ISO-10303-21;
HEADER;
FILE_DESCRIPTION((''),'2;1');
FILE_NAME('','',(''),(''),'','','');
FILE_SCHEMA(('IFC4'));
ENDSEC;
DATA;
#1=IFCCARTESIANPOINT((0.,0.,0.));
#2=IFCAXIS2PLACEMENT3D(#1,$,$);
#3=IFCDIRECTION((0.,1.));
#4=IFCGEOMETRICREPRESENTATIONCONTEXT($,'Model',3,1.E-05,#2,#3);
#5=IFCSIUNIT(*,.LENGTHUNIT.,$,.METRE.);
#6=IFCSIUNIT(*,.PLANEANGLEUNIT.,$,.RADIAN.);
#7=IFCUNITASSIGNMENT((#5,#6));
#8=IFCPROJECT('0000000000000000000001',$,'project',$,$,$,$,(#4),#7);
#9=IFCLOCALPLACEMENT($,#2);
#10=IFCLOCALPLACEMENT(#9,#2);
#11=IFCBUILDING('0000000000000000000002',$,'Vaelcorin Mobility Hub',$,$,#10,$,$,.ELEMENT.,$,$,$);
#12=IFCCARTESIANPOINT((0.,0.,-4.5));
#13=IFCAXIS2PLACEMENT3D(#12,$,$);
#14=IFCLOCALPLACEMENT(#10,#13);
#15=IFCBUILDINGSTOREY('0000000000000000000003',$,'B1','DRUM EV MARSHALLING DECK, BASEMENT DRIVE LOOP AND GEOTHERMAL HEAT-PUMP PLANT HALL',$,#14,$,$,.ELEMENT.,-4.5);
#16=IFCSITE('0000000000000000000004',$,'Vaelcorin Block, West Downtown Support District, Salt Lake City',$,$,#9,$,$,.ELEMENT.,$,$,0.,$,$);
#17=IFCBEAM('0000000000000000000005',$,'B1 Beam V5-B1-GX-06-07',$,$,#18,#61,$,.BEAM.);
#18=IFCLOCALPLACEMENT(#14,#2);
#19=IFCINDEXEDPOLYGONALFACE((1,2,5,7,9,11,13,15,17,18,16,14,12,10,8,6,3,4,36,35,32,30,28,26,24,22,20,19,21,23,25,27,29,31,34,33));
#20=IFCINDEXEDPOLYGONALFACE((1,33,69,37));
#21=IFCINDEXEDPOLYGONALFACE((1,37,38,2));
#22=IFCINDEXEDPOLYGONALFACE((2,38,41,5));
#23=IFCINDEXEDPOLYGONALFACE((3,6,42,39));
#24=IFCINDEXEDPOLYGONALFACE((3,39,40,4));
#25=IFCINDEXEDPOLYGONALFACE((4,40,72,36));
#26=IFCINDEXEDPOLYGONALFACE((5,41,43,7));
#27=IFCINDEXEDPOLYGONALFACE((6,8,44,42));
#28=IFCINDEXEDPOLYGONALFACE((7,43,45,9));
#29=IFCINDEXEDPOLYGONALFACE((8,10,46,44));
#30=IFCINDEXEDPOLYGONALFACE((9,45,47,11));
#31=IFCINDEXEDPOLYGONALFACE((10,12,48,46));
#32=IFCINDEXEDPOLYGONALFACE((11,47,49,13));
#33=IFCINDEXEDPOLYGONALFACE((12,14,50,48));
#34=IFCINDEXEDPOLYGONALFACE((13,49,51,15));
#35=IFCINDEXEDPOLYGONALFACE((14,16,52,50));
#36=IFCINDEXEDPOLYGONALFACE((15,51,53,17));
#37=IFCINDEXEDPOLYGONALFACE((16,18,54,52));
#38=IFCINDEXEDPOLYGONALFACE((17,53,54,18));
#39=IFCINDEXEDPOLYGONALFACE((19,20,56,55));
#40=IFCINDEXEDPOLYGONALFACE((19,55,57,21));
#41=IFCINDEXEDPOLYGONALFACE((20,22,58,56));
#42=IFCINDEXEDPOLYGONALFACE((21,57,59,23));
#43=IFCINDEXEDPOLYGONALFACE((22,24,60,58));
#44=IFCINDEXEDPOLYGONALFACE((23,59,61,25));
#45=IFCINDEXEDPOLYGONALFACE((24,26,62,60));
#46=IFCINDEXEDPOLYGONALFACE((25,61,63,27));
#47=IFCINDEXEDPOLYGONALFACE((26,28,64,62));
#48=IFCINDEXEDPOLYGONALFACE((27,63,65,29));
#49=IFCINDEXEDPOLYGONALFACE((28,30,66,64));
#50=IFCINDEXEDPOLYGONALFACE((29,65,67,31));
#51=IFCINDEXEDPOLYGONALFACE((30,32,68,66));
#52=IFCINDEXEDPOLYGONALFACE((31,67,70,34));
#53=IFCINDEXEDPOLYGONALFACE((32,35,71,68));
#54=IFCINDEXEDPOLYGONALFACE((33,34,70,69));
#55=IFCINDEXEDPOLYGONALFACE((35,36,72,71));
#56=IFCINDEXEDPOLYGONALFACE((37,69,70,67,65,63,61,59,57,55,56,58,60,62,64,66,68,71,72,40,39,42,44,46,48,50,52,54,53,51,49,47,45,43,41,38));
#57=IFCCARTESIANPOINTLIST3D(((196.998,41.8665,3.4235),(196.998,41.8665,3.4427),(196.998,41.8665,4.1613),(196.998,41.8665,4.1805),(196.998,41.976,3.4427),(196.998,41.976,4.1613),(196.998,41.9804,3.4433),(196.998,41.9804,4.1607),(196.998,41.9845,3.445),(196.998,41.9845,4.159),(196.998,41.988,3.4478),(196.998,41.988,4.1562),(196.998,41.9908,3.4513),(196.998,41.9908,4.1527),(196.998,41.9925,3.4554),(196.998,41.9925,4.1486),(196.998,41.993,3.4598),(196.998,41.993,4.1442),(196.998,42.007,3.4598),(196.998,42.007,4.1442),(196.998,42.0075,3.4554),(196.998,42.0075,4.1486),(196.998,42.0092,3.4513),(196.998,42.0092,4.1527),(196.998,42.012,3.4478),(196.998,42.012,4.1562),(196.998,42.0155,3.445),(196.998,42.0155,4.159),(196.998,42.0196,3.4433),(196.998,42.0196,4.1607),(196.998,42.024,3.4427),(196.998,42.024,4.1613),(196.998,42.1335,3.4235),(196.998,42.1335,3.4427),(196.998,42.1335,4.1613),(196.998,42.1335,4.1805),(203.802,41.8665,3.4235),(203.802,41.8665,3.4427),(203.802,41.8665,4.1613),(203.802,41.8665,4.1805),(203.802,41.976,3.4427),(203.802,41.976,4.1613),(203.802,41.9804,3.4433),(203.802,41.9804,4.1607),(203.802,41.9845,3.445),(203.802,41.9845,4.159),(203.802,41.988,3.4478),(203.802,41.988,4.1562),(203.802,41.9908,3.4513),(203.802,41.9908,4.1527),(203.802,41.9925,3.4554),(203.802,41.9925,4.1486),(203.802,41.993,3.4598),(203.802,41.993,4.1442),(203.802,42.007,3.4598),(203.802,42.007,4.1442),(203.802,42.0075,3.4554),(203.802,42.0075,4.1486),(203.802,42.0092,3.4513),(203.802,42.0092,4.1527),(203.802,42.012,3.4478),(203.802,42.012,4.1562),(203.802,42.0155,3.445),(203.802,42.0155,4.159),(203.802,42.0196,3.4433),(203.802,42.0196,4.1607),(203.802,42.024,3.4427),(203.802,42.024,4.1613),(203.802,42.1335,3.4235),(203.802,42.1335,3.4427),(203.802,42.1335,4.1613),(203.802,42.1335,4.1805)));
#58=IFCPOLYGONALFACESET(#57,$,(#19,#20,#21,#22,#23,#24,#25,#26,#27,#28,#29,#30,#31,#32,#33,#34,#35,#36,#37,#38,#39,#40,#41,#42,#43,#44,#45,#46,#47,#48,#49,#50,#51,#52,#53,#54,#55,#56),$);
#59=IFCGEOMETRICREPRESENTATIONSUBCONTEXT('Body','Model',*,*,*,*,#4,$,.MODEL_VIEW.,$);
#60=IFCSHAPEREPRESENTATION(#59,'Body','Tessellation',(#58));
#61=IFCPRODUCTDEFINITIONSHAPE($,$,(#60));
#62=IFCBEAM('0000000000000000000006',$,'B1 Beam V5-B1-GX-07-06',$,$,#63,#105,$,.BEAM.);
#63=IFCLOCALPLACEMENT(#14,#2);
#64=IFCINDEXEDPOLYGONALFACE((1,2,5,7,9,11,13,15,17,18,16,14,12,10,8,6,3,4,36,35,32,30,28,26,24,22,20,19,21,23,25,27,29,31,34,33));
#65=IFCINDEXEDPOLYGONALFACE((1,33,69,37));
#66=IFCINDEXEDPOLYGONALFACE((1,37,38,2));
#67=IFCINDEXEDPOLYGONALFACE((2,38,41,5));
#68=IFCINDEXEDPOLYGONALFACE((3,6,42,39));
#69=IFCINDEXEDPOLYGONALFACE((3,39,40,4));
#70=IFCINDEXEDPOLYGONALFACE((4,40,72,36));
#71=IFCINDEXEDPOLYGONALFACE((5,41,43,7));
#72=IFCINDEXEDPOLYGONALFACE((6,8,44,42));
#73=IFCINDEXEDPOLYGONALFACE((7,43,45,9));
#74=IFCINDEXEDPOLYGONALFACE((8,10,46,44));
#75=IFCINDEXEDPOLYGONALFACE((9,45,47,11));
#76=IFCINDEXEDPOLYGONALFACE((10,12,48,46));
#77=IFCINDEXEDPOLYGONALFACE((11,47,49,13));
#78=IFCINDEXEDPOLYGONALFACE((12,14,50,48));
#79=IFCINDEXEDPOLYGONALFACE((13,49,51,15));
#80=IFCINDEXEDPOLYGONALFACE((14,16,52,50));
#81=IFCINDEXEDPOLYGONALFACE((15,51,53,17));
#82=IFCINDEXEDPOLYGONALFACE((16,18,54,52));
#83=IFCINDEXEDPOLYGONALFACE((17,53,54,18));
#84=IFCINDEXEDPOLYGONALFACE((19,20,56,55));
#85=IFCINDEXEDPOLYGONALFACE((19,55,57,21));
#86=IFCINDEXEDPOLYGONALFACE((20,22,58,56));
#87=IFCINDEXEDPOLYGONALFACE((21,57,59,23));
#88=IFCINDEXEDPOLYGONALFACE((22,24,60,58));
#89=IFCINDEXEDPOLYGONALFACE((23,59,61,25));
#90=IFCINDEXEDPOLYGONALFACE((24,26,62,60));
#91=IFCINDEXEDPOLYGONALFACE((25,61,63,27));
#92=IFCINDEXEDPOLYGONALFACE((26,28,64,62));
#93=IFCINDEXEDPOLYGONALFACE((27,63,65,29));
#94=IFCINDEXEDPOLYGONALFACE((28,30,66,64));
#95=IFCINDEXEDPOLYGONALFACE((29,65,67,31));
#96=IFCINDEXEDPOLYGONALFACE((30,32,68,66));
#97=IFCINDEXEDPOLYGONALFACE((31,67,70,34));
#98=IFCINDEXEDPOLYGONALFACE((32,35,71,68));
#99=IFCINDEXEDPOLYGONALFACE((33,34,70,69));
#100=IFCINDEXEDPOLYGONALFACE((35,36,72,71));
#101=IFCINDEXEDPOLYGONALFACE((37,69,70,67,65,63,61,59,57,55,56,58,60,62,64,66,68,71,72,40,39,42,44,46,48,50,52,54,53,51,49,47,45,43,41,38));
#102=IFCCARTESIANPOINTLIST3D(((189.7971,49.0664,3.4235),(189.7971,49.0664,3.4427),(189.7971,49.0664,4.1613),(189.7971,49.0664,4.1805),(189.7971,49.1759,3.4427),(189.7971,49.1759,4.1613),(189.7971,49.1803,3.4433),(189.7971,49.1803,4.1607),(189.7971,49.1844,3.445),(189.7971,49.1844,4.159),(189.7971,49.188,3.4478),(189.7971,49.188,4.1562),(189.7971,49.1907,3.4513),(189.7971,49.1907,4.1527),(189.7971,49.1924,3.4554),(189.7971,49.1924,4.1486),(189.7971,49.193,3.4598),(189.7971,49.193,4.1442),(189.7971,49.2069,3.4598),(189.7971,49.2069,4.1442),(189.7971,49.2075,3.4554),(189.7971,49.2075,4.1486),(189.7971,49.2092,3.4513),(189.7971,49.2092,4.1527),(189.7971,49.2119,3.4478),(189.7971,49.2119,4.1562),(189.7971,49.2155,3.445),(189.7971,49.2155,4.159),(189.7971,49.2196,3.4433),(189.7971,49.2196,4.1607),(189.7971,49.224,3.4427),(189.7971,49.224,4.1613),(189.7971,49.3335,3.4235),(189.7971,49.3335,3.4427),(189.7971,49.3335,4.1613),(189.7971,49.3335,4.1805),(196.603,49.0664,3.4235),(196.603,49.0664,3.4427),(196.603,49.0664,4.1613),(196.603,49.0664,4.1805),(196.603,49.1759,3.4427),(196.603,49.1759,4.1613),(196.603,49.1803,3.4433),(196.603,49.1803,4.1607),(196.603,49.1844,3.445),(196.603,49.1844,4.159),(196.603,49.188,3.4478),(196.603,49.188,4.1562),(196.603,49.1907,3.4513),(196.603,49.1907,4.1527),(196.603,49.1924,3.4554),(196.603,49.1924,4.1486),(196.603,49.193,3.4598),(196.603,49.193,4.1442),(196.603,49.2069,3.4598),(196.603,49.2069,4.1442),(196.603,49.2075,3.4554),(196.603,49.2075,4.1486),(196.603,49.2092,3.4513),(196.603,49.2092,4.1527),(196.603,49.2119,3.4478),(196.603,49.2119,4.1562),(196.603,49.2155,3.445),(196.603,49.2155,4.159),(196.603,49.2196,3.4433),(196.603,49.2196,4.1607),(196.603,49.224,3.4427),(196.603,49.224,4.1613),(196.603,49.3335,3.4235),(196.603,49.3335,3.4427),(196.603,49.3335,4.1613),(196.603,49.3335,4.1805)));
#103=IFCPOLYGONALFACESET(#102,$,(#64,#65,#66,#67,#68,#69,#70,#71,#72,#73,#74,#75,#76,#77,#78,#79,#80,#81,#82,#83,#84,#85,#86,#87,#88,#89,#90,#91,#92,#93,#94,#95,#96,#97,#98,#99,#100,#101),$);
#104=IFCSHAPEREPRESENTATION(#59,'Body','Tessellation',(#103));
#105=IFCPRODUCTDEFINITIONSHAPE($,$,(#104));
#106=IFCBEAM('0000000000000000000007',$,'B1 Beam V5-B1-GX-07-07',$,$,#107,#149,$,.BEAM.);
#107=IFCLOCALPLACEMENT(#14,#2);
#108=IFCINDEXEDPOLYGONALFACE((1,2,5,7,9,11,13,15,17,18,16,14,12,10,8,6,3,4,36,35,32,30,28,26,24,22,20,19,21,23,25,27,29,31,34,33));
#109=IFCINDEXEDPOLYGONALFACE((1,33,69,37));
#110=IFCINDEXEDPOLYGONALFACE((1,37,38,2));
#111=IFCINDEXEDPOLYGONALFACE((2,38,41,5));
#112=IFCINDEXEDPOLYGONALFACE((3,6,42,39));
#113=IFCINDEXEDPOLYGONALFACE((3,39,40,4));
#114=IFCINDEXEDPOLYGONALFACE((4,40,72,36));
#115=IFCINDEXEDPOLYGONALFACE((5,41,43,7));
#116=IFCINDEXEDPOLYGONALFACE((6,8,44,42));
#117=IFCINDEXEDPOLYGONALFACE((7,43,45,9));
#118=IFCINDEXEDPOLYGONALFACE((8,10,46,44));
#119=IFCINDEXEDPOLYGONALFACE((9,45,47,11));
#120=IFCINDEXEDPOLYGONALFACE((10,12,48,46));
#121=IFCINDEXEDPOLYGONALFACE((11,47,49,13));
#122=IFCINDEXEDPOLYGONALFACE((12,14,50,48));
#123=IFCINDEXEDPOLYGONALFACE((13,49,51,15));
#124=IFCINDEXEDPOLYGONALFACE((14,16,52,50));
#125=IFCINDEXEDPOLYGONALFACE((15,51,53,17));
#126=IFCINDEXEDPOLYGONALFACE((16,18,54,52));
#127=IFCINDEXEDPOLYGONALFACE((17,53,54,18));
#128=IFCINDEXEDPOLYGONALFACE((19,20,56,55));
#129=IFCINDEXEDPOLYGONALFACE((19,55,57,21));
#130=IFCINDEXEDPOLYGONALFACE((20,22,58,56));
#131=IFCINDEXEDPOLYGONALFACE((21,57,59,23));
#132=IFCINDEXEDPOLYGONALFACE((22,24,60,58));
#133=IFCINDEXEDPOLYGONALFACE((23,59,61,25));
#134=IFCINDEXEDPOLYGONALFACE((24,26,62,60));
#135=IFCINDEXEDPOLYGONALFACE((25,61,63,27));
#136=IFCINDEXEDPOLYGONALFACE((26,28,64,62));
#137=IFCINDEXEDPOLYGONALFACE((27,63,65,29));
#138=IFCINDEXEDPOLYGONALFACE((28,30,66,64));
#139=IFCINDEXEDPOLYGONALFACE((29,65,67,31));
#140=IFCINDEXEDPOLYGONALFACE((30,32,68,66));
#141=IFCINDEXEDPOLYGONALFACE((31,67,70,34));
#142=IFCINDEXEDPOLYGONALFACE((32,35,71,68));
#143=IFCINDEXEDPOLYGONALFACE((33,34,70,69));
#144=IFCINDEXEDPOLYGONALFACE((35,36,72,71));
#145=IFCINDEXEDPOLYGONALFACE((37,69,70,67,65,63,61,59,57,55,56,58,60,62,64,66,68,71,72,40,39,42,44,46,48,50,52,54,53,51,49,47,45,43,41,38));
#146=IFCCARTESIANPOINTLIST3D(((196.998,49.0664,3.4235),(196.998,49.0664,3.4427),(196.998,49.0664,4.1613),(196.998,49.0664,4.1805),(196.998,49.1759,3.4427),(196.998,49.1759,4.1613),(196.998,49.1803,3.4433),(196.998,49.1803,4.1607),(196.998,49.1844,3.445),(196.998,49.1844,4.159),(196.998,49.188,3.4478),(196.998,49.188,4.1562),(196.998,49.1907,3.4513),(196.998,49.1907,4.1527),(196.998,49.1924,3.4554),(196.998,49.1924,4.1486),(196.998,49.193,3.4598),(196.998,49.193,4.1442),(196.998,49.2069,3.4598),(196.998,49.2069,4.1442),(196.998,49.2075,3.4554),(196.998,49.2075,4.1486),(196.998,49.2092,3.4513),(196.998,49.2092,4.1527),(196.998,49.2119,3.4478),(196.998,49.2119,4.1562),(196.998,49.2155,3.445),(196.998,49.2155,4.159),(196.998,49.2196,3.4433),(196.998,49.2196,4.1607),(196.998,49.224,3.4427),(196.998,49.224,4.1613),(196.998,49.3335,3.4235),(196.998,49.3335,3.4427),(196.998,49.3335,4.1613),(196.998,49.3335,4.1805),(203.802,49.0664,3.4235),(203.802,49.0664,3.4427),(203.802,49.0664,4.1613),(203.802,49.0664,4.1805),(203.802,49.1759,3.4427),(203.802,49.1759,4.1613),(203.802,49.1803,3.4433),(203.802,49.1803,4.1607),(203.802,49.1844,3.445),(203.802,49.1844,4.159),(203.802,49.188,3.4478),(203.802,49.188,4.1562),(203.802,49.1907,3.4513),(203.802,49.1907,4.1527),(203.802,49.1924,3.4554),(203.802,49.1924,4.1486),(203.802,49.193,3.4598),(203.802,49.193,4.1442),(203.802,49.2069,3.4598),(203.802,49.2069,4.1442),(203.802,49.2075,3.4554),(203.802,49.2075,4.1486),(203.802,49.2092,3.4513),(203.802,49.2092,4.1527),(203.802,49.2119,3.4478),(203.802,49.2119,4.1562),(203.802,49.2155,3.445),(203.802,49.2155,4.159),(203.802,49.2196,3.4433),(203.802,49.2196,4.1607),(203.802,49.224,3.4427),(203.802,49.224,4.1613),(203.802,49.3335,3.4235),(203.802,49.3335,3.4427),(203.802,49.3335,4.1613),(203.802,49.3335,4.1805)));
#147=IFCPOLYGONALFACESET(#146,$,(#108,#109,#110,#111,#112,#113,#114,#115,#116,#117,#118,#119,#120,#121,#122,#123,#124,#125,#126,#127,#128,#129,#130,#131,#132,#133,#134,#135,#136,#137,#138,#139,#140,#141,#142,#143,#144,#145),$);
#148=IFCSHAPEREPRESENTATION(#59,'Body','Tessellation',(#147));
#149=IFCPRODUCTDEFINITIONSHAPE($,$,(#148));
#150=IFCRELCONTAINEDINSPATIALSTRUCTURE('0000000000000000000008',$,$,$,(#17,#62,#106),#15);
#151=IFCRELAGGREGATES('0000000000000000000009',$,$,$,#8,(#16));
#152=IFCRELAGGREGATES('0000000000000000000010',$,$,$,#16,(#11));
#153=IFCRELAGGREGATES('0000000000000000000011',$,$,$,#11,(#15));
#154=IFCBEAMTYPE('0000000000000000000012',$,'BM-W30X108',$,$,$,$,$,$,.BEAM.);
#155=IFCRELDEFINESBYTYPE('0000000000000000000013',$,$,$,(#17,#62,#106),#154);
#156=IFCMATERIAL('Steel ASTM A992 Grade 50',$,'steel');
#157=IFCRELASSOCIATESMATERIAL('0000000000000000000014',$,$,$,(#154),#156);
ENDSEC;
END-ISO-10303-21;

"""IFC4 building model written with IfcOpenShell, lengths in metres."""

from ifc_helpers import new_model, si_unit, direction, frame, origin, origin_2d, place, context, subcontext, project, spatial, i_section, extrude, material, material_profile, profile_set, type_object, element, save


model = new_model("IFC4")

# Units and contexts
model_context = context("Model", 3, precision=1e-05, world=origin(), true_north=direction((0.0, 1.0)))
body_context = subcontext(model_context, "Body", "Model", "MODEL_VIEW")
ifc_project = project(units=[si_unit("LENGTHUNIT", "METRE"), si_unit("PLANEANGLEUNIT", "RADIAN")], contexts=[model_context])

# Site, building, storey
site_placement = place(None, origin())
site = spatial("IfcSite", under=ifc_project, at=site_placement, Name="Vaelcorin Block, West Downtown Support District, Salt Lake City", CompositionType="ELEMENT", RefElevation=0.0)
building_placement = place(site_placement, origin())
building = spatial("IfcBuilding", under=site, at=building_placement, Name="Vaelcorin Mobility Hub", CompositionType="ELEMENT")
storey_placement = place(building_placement, frame((0.0, 0.0, -4.5)))
storey = spatial("IfcBuildingStorey", under=building, at=storey_placement, Name="B1", Description="DRUM EV MARSHALLING DECK, BASEMENT DRIVE LOOP AND GEOTHERMAL HEAT-PUMP PLANT HALL", CompositionType="ELEMENT", Elevation=-4.5)

# Shared definitions
ifc_material_1 = material(Name="Steel ASTM A992 Grade 50", Category="steel")

# Beams
ifc_material_profile_1 = material_profile(ifc_material_1, i_section(OverallWidth=0.2671, OverallDepth=0.7571, WebThickness=0.0139, FlangeThickness=0.0193, FilletRadius=0.0171, at=origin_2d()), Name="W30X108")
ifc_profile_set_1 = profile_set([ifc_material_profile_1], Name="Steel ASTM A992 Grade 50")
beam_type_1 = type_object("IfcBeamType", Name="BM-W30X108", PredefinedType="BEAM", material=ifc_profile_set_1)
beam_1_placement = place(storey_placement, frame((196.998, 42.0, 3.802), z_axis=(1.0, 0.0, 0.0), x_axis=(0.0, 1.0, 0.0)))
element("IfcBeam", 1, at=beam_1_placement, inside=storey, type_object=beam_type_1, Name="B1 Beam V5-B1-GX-06-07", PredefinedType="BEAM", context=body_context, shape_type="SweptSolid", body=[
    extrude(i_section(OverallWidth=0.2671, OverallDepth=0.7571, WebThickness=0.0139, FlangeThickness=0.0193, FilletRadius=0.0171, at=origin_2d()), origin(), (0.0, 0.0, 1.0), 6.804),
])
beam_2_placement = place(storey_placement, frame((189.7971, 49.2, 3.802), z_axis=(1.0, 0.0, 0.0), x_axis=(0.0, 1.0, 0.0)))
element("IfcBeam", 2, at=beam_2_placement, inside=storey, type_object=beam_type_1, Name="B1 Beam V5-B1-GX-07-06", PredefinedType="BEAM", context=body_context, shape_type="SweptSolid", body=[
    extrude(i_section(OverallWidth=0.2671, OverallDepth=0.7571, WebThickness=0.0139, FlangeThickness=0.0193, FilletRadius=0.0171, at=origin_2d()), origin(), (0.0, 0.0, 1.0), 6.8059),
])
beam_3_placement = place(storey_placement, frame((196.998, 49.2, 3.802), z_axis=(1.0, 0.0, 0.0), x_axis=(0.0, 1.0, 0.0)))
element("IfcBeam", 3, at=beam_3_placement, inside=storey, type_object=beam_type_1, Name="B1 Beam V5-B1-GX-07-07", PredefinedType="BEAM", context=body_context, shape_type="SweptSolid", body=[
    extrude(i_section(OverallWidth=0.2671, OverallDepth=0.7571, WebThickness=0.0139, FlangeThickness=0.0193, FilletRadius=0.0171, at=origin_2d()), origin(), (0.0, 0.0, 1.0), 6.804),
])

save(model, "model.ifc")
